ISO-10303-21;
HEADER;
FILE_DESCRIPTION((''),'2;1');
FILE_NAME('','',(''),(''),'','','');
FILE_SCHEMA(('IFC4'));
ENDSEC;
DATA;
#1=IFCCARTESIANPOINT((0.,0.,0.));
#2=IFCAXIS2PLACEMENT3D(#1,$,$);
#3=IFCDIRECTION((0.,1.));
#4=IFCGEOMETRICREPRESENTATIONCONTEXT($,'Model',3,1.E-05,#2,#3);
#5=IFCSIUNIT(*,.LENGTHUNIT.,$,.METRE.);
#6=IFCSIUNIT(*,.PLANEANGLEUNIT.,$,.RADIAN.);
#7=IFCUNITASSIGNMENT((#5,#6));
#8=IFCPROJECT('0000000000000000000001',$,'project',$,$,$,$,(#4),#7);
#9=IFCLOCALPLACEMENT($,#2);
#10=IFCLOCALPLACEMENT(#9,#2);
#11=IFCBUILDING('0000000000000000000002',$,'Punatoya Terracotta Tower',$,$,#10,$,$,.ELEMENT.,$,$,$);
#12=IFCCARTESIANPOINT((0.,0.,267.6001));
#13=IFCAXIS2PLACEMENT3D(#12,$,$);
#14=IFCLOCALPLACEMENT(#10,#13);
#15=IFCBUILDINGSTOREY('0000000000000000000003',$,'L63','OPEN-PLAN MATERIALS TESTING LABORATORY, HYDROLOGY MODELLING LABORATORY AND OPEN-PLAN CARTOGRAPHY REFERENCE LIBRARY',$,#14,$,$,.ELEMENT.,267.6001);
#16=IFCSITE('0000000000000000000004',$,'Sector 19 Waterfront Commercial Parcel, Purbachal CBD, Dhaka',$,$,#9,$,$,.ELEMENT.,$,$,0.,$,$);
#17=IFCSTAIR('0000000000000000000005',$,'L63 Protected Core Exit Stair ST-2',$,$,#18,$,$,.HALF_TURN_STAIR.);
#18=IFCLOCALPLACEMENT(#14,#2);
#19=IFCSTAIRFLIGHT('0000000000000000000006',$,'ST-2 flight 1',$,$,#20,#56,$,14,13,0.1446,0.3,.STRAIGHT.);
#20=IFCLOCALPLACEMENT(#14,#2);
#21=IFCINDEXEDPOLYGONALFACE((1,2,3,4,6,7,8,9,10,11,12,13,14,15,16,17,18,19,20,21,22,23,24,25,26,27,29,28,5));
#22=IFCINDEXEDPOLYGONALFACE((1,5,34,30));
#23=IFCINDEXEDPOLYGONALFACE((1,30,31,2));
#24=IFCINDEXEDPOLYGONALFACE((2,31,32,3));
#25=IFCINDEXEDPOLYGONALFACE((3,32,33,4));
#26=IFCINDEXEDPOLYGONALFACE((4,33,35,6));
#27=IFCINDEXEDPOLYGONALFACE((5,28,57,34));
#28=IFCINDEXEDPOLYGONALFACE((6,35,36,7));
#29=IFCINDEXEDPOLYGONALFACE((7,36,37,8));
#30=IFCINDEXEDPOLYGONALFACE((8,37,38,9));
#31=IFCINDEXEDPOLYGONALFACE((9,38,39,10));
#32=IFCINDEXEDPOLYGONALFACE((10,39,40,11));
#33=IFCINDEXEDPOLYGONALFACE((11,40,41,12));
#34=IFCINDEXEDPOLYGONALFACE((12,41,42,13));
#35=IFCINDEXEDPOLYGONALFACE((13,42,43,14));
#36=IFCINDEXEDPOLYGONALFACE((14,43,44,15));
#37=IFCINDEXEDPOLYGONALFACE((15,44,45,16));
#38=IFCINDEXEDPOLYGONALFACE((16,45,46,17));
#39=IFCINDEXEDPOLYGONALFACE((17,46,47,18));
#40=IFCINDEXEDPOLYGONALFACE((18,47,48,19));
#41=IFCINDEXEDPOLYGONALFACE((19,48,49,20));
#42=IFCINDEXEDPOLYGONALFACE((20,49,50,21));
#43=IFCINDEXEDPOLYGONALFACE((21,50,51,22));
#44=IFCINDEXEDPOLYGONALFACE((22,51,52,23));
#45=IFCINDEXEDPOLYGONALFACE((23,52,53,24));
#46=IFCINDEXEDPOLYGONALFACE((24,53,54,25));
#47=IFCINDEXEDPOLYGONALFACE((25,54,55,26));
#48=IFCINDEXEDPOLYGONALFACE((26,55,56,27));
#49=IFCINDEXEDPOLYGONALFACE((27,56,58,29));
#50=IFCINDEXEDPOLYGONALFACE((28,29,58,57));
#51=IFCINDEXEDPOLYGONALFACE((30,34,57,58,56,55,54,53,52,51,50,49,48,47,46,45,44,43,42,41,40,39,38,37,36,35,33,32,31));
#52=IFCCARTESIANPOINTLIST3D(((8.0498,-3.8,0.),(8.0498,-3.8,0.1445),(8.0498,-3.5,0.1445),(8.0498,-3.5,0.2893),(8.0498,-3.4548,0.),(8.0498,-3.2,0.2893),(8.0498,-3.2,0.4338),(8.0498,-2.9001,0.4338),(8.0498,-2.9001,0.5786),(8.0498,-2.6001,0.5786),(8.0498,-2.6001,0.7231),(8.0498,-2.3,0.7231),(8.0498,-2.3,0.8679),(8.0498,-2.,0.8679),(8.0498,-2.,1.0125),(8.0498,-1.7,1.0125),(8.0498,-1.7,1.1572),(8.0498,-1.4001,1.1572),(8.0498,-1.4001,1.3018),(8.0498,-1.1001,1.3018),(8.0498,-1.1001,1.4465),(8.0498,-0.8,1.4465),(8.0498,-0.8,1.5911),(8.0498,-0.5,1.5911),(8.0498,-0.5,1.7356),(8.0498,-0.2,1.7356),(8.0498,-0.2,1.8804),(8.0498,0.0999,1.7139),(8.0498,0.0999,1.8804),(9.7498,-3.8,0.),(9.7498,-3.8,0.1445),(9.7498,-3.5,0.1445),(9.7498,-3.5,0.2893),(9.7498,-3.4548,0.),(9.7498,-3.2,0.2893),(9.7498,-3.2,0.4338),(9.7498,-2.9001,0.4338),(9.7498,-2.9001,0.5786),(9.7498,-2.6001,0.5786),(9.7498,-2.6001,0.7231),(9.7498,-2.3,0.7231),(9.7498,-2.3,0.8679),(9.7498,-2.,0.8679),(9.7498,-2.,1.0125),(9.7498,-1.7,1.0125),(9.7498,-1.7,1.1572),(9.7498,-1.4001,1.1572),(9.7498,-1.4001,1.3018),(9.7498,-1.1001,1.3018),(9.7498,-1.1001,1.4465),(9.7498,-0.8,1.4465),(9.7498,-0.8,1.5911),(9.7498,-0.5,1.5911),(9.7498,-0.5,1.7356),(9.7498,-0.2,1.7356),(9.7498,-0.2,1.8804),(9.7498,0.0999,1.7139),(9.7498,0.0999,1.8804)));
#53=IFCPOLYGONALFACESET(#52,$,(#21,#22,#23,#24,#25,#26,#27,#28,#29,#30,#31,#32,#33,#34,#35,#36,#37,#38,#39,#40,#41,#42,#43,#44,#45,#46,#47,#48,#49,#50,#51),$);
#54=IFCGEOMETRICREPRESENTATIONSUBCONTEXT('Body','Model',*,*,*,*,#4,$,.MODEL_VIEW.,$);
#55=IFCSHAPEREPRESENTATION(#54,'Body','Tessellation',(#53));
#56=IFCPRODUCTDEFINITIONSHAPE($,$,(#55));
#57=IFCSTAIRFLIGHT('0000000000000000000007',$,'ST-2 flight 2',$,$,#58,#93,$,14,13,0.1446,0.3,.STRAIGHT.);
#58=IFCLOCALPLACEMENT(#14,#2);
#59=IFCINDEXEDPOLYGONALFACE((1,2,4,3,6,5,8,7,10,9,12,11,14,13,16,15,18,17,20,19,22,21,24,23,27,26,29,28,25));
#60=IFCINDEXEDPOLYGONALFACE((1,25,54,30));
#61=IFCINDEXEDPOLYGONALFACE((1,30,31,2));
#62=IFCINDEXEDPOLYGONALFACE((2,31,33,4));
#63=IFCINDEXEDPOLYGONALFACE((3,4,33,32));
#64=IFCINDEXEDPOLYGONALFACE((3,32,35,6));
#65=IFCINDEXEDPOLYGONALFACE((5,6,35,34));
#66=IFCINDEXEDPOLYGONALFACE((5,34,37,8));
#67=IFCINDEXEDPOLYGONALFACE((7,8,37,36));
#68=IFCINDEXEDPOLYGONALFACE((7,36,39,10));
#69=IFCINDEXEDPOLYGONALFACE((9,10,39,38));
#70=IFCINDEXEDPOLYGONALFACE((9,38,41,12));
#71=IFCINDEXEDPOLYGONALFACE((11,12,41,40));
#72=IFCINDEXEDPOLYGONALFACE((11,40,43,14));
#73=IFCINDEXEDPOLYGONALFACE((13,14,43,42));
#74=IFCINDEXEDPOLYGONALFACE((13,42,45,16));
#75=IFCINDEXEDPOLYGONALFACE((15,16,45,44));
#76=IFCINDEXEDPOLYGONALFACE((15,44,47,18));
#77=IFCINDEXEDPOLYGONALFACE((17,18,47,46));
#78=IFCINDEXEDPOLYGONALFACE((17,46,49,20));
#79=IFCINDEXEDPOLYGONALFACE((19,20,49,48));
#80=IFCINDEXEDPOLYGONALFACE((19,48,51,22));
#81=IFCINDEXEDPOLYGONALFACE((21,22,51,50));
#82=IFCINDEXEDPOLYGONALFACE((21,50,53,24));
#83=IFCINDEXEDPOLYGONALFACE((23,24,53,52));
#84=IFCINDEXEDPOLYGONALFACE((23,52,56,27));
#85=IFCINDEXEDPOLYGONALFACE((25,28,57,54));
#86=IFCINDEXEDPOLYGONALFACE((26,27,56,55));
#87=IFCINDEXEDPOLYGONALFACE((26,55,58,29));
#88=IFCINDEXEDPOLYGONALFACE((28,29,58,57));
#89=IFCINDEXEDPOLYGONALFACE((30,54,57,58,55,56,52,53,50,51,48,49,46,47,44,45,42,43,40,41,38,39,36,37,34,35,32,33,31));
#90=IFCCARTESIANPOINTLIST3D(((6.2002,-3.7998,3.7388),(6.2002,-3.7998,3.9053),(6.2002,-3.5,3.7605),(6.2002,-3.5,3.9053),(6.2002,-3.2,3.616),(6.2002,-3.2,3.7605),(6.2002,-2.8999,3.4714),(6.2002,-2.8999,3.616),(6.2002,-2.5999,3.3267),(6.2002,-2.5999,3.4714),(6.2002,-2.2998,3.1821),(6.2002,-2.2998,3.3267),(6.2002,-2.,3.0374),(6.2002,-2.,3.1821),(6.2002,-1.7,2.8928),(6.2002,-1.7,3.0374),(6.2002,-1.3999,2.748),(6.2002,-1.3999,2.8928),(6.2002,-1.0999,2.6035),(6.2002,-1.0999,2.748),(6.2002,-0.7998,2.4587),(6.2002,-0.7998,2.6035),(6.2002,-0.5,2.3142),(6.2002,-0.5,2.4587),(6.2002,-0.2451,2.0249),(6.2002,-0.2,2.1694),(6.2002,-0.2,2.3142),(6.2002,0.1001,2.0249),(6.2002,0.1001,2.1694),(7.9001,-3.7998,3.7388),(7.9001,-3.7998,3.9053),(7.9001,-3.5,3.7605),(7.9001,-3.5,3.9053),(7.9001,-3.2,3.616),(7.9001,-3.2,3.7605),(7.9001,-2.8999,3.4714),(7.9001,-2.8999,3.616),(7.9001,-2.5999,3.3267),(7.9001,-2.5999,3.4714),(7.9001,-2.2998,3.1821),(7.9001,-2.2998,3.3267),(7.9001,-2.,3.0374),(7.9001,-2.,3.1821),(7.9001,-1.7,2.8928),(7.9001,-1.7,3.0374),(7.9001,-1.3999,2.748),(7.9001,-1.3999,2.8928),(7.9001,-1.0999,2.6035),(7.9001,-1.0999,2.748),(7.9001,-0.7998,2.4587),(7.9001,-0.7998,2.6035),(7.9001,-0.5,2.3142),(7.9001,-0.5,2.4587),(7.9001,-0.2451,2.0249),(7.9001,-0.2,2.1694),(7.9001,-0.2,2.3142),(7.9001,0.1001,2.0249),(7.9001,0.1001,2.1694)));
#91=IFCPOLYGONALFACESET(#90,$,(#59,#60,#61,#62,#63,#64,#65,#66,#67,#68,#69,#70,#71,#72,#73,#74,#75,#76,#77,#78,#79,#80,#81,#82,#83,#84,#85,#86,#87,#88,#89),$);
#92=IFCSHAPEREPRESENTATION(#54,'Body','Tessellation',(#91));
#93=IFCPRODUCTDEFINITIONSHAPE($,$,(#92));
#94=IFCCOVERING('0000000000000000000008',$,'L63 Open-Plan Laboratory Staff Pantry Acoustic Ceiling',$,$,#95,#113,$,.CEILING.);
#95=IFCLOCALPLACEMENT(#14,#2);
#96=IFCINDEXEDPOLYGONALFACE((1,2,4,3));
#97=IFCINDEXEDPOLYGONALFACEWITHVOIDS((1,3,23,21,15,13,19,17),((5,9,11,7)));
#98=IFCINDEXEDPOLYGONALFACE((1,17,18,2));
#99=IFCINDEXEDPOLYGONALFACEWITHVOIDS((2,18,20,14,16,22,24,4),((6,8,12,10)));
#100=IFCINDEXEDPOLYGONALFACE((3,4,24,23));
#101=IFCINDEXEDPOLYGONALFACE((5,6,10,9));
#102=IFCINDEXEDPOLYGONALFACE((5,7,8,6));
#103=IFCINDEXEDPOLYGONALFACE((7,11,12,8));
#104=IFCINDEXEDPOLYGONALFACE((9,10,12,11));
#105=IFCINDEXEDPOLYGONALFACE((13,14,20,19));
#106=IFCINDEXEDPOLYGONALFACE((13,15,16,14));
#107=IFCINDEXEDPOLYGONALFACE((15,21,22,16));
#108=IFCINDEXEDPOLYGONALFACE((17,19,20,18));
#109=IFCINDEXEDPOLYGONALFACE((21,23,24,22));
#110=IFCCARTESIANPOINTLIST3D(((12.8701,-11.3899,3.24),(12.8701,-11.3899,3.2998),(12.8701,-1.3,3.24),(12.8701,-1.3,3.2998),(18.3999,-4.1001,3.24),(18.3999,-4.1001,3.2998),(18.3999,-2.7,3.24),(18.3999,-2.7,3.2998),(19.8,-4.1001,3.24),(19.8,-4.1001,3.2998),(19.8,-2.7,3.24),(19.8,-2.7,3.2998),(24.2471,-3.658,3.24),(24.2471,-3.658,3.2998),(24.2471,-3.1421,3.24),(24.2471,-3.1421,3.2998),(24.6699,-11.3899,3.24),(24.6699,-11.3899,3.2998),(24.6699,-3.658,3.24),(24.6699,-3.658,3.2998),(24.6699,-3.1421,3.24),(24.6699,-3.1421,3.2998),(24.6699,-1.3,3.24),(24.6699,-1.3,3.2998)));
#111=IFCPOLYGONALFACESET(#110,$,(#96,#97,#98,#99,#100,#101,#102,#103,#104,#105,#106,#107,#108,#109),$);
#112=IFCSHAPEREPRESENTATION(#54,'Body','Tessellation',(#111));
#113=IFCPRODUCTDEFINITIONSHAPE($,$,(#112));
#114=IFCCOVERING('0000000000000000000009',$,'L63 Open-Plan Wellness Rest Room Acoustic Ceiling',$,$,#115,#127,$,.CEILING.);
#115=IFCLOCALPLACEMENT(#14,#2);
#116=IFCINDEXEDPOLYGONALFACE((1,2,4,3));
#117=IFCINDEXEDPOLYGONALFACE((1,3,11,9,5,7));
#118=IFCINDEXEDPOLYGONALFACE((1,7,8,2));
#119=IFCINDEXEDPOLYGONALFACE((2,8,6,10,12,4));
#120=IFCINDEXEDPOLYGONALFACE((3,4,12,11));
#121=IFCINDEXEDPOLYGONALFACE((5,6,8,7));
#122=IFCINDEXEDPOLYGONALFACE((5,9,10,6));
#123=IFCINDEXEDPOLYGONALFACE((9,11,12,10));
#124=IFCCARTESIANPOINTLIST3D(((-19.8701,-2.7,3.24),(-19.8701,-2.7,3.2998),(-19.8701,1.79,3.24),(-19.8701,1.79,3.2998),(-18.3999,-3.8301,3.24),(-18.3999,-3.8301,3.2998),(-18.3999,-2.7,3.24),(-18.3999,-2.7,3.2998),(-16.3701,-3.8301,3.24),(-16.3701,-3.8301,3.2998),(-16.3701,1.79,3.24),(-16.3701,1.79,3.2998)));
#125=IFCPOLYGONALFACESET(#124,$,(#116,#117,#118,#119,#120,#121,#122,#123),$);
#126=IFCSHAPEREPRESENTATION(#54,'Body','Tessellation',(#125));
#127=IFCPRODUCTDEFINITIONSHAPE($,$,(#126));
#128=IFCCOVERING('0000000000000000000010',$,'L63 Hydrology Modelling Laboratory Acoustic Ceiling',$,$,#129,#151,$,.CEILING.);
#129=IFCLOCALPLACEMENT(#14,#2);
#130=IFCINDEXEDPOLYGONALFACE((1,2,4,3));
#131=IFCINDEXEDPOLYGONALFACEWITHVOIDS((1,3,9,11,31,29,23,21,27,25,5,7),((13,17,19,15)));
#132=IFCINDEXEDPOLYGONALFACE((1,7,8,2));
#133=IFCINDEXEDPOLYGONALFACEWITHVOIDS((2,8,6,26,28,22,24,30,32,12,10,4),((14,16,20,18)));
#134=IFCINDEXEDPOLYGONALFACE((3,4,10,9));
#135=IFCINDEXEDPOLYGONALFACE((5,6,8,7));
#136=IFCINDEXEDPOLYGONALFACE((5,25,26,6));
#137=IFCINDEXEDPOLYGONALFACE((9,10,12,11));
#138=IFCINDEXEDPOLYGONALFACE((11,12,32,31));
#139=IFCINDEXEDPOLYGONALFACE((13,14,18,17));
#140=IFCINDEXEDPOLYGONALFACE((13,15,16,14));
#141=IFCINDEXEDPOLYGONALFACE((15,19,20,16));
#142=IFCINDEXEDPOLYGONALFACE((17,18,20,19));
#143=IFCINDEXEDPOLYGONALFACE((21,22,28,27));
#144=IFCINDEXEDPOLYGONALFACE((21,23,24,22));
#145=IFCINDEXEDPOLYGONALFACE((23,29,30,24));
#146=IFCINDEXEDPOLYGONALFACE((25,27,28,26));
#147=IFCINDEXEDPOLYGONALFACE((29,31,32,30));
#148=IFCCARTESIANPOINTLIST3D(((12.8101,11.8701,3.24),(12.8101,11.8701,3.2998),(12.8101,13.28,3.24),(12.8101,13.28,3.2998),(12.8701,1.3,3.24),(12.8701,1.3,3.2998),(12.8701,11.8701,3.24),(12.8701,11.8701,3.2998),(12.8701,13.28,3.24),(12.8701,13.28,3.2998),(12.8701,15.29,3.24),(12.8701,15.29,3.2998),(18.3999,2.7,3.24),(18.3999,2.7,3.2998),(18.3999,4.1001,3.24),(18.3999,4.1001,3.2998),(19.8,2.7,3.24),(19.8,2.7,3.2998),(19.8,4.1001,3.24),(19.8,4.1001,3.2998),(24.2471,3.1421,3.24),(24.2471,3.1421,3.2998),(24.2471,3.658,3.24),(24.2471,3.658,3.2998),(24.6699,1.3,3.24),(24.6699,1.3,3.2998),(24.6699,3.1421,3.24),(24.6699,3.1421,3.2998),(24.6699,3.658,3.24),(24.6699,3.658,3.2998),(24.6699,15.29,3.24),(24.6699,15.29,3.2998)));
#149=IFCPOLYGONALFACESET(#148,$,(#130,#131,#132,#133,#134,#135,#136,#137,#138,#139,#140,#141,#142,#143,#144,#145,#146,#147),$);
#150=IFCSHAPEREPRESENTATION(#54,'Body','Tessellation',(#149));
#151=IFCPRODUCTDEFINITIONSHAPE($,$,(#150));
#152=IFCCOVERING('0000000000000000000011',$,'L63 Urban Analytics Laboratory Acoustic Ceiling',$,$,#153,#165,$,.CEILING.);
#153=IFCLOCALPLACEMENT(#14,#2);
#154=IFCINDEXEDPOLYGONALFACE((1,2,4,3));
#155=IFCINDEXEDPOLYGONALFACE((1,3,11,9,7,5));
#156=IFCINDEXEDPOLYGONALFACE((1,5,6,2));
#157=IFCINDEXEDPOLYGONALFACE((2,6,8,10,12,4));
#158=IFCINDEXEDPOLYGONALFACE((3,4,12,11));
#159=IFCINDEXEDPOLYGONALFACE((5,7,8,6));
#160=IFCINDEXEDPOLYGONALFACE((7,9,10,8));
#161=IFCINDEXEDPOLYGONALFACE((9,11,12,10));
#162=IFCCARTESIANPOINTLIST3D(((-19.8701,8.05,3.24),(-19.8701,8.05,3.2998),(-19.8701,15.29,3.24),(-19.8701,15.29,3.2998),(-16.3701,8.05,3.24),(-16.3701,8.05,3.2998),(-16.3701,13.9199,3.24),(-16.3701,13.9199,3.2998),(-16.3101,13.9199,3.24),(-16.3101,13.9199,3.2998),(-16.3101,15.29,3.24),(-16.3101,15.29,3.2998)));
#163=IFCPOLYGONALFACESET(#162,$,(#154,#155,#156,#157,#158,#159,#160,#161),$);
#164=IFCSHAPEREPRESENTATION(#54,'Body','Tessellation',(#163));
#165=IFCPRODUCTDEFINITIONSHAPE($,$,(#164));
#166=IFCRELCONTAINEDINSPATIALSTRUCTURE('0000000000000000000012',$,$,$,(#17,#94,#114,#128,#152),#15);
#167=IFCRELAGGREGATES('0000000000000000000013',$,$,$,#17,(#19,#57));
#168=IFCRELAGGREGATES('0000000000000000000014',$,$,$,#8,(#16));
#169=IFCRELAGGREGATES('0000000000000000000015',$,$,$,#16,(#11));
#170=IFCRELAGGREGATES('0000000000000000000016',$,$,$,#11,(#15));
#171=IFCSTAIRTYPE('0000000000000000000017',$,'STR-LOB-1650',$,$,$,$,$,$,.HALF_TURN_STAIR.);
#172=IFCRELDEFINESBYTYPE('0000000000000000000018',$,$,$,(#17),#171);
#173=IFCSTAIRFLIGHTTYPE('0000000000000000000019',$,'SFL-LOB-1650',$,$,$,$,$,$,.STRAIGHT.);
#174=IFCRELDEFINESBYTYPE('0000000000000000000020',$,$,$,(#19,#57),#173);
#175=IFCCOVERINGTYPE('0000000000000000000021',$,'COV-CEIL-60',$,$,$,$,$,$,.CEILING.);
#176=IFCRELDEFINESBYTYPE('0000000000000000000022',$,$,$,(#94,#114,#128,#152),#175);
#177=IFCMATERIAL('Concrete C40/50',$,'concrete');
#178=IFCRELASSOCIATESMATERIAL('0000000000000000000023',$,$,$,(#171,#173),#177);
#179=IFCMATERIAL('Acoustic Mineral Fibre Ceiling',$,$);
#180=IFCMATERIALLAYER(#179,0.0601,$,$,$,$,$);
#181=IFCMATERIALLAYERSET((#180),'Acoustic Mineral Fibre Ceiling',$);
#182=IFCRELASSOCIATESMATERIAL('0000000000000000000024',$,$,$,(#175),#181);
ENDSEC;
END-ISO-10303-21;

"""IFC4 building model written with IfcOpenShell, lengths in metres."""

from ifc_helpers import new_model, si_unit, direction, frame, origin, place, context, subcontext, project, spatial, polyline, outline, extrude, material, layer, layer_set, type_object, element, aggregate, save


model = new_model("IFC4")

# Units and contexts
model_context = context("Model", 3, precision=1e-05, world=origin(), true_north=direction((0.0, 1.0)))
body_context = subcontext(model_context, "Body", "Model", "MODEL_VIEW")
ifc_project = project(units=[si_unit("LENGTHUNIT", "METRE"), si_unit("PLANEANGLEUNIT", "RADIAN")], contexts=[model_context])

# Site, building, storey
site_placement = place(None, origin())
site = spatial("IfcSite", under=ifc_project, at=site_placement, Name="Sector 19 Waterfront Commercial Parcel, Purbachal CBD, Dhaka", CompositionType="ELEMENT", RefElevation=0.0)
building_placement = place(site_placement, origin())
building = spatial("IfcBuilding", under=site, at=building_placement, Name="Punatoya Terracotta Tower", CompositionType="ELEMENT")
storey_placement = place(building_placement, frame((0.0, 0.0, 267.6001)))
storey = spatial("IfcBuildingStorey", under=building, at=storey_placement, Name="L63", Description="OPEN-PLAN MATERIALS TESTING LABORATORY, HYDROLOGY MODELLING LABORATORY AND OPEN-PLAN CARTOGRAPHY REFERENCE LIBRARY", CompositionType="ELEMENT", Elevation=267.6001)

# Shared definitions
ifc_material_1 = material(Name="Concrete C40/50", Category="concrete")

# Stair, stair flights
stair_type = type_object("IfcStairType", Name="STR-LOB-1650", PredefinedType="HALF_TURN_STAIR", material=ifc_material_1)
stair_placement = place(storey_placement, origin())
stair = element("IfcStair", 1, at=stair_placement, inside=storey, type_object=stair_type, Name="L63 Protected Core Exit Stair ST-2", PredefinedType="HALF_TURN_STAIR")
stair_flight_type = type_object("IfcStairFlightType", Name="SFL-LOB-1650", PredefinedType="STRAIGHT", material=ifc_material_1)
stair_flight_1_placement = place(storey_placement, frame((8.8999, -3.8, 0.0), z_axis=(0.0, 0.0, 1.0), x_axis=(0.0, 1.0, 0.0)))
stair_flight_1 = element("IfcStairFlight", 2, at=stair_flight_1_placement, type_object=stair_flight_type, Name="ST-2 flight 1", NumberOfRisers=14, NumberOfTreads=13, PredefinedType="STRAIGHT", RiserHeight=0.1446, TreadLength=0.3, context=body_context, shape_type="SweptSolid", body=[
    extrude(outline(polyline([(0.0, 0.0), (0.0, 0.1445), (0.3, 0.1445), (0.3, 0.2893), (0.6001, 0.2893), (0.6001, 0.4338), (0.8999, 0.4338), (0.8999, 0.5786), (1.2, 0.5786), (1.2, 0.7231), (1.5, 0.7231), (1.5, 0.8679), (1.8, 0.8679), (1.8, 1.0125), (2.1001, 1.0125), (2.1001, 1.1572), (2.3999, 1.1572), (2.3999, 1.3018), (2.7, 1.3018), (2.7, 1.4465), (3.0, 1.4465), (3.0, 1.5911), (3.3, 1.5911), (3.3, 1.7356), (3.6001, 1.7356), (3.6001, 1.8804), (3.8999, 1.8804), (3.8999, 2.0249), (3.8999, 1.7139), (0.3452, 0.0), (0.0, 0.0)])), frame((0.0, 0.8501, 0.0), z_axis=(0.0, -1.0, 0.0), x_axis=(1.0, 0.0, 0.0)), (0.0, 0.0, 1.0), 1.7),
])
stair_flight_2_placement = place(storey_placement, frame((7.05, 0.1001, 2.0249), z_axis=(0.0, 0.0, 1.0), x_axis=(0.0, -1.0, 0.0)))
stair_flight_2 = element("IfcStairFlight", 3, at=stair_flight_2_placement, type_object=stair_flight_type, Name="ST-2 flight 2", NumberOfRisers=14, NumberOfTreads=13, PredefinedType="STRAIGHT", RiserHeight=0.1446, TreadLength=0.3, context=body_context, shape_type="SweptSolid", body=[
    extrude(outline(polyline([(0.0, 0.0), (0.0, 0.1445), (0.3, 0.1445), (0.3, 0.2893), (0.6001, 0.2893), (0.6001, 0.4338), (0.8999, 0.4338), (0.8999, 0.5786), (1.2, 0.5786), (1.2, 0.7231), (1.5, 0.7231), (1.5, 0.8679), (1.8, 0.8679), (1.8, 1.0125), (2.1001, 1.0125), (2.1001, 1.1572), (2.3999, 1.1572), (2.3999, 1.3018), (2.7, 1.3018), (2.7, 1.4465), (3.0, 1.4465), (3.0, 1.5911), (3.3, 1.5911), (3.3, 1.7356), (3.6001, 1.7356), (3.6001, 1.8804), (3.8999, 1.8804), (3.8999, 2.0249), (3.8999, 1.7139), (0.3452, 0.0), (0.0, 0.0)])), frame((0.0, 0.8501, 0.0), z_axis=(0.0, -1.0, 0.0), x_axis=(1.0, 0.0, 0.0)), (0.0, 0.0, 1.0), 1.7),
])
aggregate(stair, [stair_flight_1, stair_flight_2])

# Coverings
ifc_material_2 = material(Name="Acoustic Mineral Fibre Ceiling")
ifc_layer_1 = layer(ifc_material_2, 0.0601)
ifc_layer_set_1 = layer_set([ifc_layer_1], Name="Acoustic Mineral Fibre Ceiling")
covering_type = type_object("IfcCoveringType", Name="COV-CEIL-60", PredefinedType="CEILING", material=ifc_layer_set_1)
covering_1_placement = place(storey_placement, frame((0.0, 0.0, 3.24)))
element("IfcCovering", 4, at=covering_1_placement, inside=storey, type_object=covering_type, Name="L63 Open-Plan Laboratory Staff Pantry Acoustic Ceiling", PredefinedType="CEILING", context=body_context, shape_type="SweptSolid", body=[
    extrude(outline(polyline([(24.2471, -3.658), (24.2471, -3.1421), (24.6699, -3.1421), (24.6699, -1.3), (12.8701, -1.3), (12.8701, -11.3899), (24.6699, -11.3899), (24.6699, -3.658), (24.2471, -3.658)]), holes=[polyline([(18.3999, -4.1001), (18.3999, -2.7), (19.8, -2.7), (19.8, -4.1001), (18.3999, -4.1001)])]), origin(), (0.0, 0.0, 1.0), 0.0598),
])
covering_2_placement = place(storey_placement, frame((0.0, 0.0, 3.24)))
element("IfcCovering", 5, at=covering_2_placement, inside=storey, type_object=covering_type, Name="L63 Open-Plan Wellness Rest Room Acoustic Ceiling", PredefinedType="CEILING", context=body_context, shape_type="SweptSolid", body=[
    extrude(outline(polyline([(-19.8701, -2.7), (-18.3999, -2.7), (-18.3999, -3.8301), (-16.3701, -3.8301), (-16.3701, 1.79), (-19.8701, 1.79), (-19.8701, -2.7)])), origin(), (0.0, 0.0, 1.0), 0.0598),
])
covering_3_placement = place(storey_placement, frame((0.0, 0.0, 3.24)))
element("IfcCovering", 6, at=covering_3_placement, inside=storey, type_object=covering_type, Name="L63 Hydrology Modelling Laboratory Acoustic Ceiling", PredefinedType="CEILING", context=body_context, shape_type="SweptSolid", body=[
    extrude(outline(polyline([(12.8101, 11.8701), (12.8701, 11.8701), (12.8701, 1.3), (24.6699, 1.3), (24.6699, 3.1421), (24.2471, 3.1421), (24.2471, 3.658), (24.6699, 3.658), (24.6699, 15.29), (12.8701, 15.29), (12.8701, 13.28), (12.8101, 13.28), (12.8101, 11.8701)]), holes=[polyline([(18.3999, 4.1001), (19.8, 4.1001), (19.8, 2.7), (18.3999, 2.7), (18.3999, 4.1001)])]), origin(), (0.0, 0.0, 1.0), 0.0598),
])
covering_4_placement = place(storey_placement, frame((0.0, 0.0, 3.24)))
element("IfcCovering", 7, at=covering_4_placement, inside=storey, type_object=covering_type, Name="L63 Urban Analytics Laboratory Acoustic Ceiling", PredefinedType="CEILING", context=body_context, shape_type="SweptSolid", body=[
    extrude(outline(polyline([(-16.3701, 13.9199), (-16.3101, 13.9199), (-16.3101, 15.29), (-19.8701, 15.29), (-19.8701, 8.05), (-16.3701, 8.05), (-16.3701, 13.9199)])), origin(), (0.0, 0.0, 1.0), 0.0598),
])

save(model, "model.ifc")
